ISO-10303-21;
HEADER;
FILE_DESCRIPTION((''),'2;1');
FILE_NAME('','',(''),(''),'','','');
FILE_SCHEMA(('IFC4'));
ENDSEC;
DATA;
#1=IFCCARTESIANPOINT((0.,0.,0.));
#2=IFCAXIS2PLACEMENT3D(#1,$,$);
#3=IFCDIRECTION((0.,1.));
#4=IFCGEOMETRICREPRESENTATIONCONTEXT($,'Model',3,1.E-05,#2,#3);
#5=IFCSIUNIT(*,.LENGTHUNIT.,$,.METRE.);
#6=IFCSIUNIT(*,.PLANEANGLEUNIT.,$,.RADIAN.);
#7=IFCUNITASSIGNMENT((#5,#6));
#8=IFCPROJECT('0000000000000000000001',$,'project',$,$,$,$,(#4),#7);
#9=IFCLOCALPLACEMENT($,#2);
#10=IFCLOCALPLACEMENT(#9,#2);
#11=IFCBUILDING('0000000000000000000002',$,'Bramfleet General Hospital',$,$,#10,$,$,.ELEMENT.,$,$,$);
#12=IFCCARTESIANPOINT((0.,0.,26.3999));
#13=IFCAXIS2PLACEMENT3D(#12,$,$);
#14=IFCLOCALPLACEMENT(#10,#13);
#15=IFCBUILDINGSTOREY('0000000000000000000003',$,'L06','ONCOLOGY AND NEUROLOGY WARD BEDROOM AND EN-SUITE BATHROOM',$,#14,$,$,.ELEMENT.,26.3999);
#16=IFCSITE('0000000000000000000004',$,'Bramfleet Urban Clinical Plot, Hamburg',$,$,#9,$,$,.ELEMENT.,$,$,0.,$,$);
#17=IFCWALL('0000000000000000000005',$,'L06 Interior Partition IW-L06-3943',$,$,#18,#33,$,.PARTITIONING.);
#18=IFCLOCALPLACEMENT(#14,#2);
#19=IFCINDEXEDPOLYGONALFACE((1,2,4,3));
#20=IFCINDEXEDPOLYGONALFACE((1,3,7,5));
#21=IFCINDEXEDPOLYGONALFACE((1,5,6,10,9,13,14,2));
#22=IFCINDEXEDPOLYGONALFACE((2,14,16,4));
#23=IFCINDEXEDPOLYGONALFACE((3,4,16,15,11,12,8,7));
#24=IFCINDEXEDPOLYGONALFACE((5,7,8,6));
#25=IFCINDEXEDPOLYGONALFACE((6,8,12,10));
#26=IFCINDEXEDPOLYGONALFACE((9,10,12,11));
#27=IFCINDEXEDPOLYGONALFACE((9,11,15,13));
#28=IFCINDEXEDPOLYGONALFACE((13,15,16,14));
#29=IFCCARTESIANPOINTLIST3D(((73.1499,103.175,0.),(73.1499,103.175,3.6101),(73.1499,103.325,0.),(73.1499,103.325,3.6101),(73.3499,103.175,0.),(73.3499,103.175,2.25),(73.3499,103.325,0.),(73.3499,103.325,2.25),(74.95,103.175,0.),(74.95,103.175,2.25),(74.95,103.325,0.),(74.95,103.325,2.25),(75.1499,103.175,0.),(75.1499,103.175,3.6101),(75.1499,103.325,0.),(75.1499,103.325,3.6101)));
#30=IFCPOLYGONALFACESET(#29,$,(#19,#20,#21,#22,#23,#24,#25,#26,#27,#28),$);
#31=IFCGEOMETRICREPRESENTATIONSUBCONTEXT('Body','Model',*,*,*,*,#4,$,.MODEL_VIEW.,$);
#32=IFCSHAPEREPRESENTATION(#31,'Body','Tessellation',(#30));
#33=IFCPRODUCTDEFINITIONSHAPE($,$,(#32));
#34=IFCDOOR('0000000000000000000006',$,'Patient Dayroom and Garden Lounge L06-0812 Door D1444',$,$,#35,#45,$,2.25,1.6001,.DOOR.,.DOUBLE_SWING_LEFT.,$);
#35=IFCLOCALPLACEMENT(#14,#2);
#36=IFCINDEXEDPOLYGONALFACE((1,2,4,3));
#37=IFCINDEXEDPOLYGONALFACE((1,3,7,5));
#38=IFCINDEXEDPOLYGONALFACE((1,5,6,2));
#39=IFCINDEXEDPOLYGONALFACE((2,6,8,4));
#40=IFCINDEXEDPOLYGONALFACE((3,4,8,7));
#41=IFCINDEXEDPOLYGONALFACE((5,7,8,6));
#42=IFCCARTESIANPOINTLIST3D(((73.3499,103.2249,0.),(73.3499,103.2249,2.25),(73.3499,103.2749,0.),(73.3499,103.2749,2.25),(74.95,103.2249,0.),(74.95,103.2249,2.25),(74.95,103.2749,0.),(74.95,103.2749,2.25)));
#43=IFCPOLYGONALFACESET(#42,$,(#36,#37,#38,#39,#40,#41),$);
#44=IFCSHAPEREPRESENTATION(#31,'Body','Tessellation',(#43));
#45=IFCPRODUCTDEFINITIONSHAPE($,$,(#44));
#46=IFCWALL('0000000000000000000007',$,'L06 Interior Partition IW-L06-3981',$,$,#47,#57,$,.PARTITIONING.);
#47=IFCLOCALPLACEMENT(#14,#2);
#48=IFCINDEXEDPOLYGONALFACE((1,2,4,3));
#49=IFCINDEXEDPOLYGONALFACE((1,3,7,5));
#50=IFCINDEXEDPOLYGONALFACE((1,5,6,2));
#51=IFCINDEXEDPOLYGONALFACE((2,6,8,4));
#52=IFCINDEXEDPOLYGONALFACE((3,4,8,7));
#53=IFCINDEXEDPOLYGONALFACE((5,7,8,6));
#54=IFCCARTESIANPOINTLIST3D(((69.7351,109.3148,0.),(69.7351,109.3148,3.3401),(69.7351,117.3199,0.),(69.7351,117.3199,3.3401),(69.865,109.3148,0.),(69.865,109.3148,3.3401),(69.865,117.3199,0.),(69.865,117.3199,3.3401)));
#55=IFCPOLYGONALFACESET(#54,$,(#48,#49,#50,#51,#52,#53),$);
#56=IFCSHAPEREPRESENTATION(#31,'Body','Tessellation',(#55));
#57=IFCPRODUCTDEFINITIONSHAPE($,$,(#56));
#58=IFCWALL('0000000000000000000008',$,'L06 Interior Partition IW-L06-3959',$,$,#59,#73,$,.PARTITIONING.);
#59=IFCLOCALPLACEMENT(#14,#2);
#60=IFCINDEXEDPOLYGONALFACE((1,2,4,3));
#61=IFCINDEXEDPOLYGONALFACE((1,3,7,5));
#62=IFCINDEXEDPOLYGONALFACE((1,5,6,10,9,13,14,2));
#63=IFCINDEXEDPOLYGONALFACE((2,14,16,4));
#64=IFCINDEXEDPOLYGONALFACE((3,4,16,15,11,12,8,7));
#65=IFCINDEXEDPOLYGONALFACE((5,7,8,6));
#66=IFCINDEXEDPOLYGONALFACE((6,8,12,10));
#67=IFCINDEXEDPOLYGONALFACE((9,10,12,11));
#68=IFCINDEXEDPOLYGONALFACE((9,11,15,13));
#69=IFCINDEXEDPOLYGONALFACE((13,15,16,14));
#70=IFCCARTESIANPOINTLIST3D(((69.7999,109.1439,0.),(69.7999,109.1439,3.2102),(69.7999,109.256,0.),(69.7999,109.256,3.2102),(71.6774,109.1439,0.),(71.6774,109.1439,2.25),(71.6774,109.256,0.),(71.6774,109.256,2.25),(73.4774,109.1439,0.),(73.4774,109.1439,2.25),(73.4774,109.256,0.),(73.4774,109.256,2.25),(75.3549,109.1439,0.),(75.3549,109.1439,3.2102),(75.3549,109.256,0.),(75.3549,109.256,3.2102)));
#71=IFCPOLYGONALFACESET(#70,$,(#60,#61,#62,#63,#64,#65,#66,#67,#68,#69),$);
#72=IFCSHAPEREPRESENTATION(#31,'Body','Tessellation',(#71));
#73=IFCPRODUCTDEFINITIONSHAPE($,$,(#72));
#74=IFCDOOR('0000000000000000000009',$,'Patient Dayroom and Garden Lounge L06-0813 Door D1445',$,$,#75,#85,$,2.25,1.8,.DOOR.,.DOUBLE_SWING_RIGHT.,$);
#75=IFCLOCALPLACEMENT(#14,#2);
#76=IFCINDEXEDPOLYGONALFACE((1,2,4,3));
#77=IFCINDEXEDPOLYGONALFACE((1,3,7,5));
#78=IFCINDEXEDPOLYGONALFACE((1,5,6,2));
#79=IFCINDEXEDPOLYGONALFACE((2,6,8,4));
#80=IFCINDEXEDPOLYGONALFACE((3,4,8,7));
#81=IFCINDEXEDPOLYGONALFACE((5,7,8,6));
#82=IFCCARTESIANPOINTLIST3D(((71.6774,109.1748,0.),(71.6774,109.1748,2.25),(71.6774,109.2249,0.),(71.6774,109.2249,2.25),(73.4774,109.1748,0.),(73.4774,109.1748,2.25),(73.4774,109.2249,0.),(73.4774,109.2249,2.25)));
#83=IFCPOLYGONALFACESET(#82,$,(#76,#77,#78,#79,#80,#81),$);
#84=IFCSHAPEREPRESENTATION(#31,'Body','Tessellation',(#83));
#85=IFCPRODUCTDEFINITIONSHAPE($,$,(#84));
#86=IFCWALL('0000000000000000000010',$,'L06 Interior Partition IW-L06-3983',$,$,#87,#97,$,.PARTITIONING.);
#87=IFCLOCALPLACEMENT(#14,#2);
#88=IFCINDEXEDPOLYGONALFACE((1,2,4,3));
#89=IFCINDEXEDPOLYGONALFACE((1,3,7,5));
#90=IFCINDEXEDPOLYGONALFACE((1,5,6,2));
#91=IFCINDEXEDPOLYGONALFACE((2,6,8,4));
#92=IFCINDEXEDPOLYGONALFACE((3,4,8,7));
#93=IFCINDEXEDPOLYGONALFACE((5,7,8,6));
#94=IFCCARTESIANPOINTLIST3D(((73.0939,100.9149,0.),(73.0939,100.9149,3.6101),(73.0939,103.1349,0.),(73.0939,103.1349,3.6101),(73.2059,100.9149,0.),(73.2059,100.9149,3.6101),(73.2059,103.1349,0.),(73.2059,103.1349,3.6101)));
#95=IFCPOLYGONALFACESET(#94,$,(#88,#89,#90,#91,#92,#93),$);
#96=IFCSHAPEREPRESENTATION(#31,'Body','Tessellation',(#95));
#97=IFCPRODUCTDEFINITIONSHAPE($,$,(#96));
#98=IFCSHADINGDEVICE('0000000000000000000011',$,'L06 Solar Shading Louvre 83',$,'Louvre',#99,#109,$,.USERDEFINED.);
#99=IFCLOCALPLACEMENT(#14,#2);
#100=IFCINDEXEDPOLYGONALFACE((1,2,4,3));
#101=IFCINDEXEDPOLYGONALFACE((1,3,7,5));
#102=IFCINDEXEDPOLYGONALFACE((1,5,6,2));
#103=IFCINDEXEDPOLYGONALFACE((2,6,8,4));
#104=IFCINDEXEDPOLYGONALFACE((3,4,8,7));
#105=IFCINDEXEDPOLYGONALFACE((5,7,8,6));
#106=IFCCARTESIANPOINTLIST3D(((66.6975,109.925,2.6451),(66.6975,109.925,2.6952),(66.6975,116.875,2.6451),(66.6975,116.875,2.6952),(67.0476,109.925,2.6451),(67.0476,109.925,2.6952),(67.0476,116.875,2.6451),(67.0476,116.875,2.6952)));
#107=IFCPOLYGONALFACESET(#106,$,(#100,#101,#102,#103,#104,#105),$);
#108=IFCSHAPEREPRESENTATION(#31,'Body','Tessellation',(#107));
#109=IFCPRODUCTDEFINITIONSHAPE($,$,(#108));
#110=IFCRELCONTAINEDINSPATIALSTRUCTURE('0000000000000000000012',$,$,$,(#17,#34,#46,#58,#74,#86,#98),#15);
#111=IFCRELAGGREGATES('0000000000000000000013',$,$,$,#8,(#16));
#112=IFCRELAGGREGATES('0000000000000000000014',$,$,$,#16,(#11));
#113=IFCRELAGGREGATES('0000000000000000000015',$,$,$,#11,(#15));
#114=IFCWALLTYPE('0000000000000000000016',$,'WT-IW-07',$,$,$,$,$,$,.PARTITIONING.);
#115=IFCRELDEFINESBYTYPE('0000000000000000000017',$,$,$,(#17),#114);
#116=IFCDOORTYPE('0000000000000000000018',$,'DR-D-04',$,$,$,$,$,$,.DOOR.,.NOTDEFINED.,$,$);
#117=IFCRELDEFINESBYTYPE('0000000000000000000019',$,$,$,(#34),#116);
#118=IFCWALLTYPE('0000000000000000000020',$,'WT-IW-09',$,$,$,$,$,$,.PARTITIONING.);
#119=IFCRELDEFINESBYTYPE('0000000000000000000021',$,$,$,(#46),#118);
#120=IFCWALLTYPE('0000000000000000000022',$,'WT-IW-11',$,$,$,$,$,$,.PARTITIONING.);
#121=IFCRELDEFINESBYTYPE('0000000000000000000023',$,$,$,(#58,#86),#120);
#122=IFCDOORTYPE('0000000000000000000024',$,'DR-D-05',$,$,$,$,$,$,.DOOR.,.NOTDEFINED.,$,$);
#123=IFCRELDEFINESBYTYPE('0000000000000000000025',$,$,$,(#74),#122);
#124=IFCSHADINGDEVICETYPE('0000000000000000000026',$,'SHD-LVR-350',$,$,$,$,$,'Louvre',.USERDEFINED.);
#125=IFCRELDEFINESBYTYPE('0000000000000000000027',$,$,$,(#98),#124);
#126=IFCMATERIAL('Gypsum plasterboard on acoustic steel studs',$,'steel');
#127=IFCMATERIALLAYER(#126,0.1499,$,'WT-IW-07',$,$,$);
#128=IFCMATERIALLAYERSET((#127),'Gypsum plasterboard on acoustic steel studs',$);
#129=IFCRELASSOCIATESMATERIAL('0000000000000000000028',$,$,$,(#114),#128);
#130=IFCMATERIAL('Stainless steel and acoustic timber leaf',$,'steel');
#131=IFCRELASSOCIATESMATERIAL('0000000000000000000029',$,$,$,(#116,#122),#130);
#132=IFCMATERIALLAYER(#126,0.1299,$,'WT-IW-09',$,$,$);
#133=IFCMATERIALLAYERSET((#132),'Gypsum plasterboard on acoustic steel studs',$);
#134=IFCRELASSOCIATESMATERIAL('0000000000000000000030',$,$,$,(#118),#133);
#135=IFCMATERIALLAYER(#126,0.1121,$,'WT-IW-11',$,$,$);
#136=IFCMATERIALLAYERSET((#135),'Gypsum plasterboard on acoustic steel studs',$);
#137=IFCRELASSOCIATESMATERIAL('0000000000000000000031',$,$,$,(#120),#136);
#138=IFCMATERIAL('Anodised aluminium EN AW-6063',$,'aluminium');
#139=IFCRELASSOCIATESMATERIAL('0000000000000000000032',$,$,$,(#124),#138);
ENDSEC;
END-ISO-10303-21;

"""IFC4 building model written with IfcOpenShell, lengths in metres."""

from ifc_helpers import new_model, si_unit, direction, frame, frame_2d, origin, origin_2d, place, context, subcontext, project, spatial, rectangle, extrude, material, layer, layer_set, material_profile, profile_set, type_object, element, fill, save


model = new_model("IFC4")

# Units and contexts
model_context = context("Model", 3, precision=1e-05, world=origin(), true_north=direction((0.0, 1.0)))
body_context = subcontext(model_context, "Body", "Model", "MODEL_VIEW")
ifc_project = project(units=[si_unit("LENGTHUNIT", "METRE"), si_unit("PLANEANGLEUNIT", "RADIAN")], contexts=[model_context])

# Site, building, storey
site_placement = place(None, origin())
site = spatial("IfcSite", under=ifc_project, at=site_placement, Name="Bramfleet Urban Clinical Plot, Hamburg", CompositionType="ELEMENT", RefElevation=0.0)
building_placement = place(site_placement, origin())
building = spatial("IfcBuilding", under=site, at=building_placement, Name="Bramfleet General Hospital", CompositionType="ELEMENT")
storey_placement = place(building_placement, frame((0.0, 0.0, 26.3999)))
storey = spatial("IfcBuildingStorey", under=building, at=storey_placement, Name="L06", Description="ONCOLOGY AND NEUROLOGY WARD BEDROOM AND EN-SUITE BATHROOM", CompositionType="ELEMENT", Elevation=26.3999)

# Wall, opening, door
ifc_material_1 = material(Name="Gypsum plasterboard on acoustic steel studs", Category="steel")
ifc_layer_1 = layer(ifc_material_1, 0.1499, Name="WT-IW-07")
ifc_layer_set_1 = layer_set([ifc_layer_1], Name="Gypsum plasterboard on acoustic steel studs")
wall_type_1 = type_object("IfcWallType", Name="WT-IW-07", PredefinedType="PARTITIONING", material=ifc_layer_set_1)
wall_1_placement = place(storey_placement, frame((73.1499, 103.25, 0.0), z_axis=(0.0, 0.0, 1.0), x_axis=(1.0, 0.0, 0.0)))
wall_1 = element("IfcWall", 1, at=wall_1_placement, inside=storey, type_object=wall_type_1, Name="L06 Interior Partition IW-L06-3943", PredefinedType="PARTITIONING", context=body_context, shape_type="SweptSolid", body=[
    extrude(rectangle(XDim=2.0, YDim=0.1499, at=frame_2d((1.0, 0.0))), origin(), (0.0, 0.0, 1.0), 3.6101),
])
opening_1_placement = place(wall_1_placement, frame((0.2, 0.0, 0.0)))
opening_1 = element("IfcOpeningElement", 2, at=opening_1_placement, cuts=wall_1, PredefinedType="OPENING", context=body_context, shape_type="SweptSolid", body=[
    extrude(rectangle(XDim=1.6001, YDim=2.25, at=frame_2d((0.8, 1.125))), frame((0.0, 0.085, 0.0), z_axis=(0.0, -1.0, 0.0), x_axis=(1.0, 0.0, 0.0)), (0.0, 0.0, 1.0), 0.1699),
])
ifc_material_2 = material(Name="Stainless steel and acoustic timber leaf", Category="steel")
door_type_1 = type_object("IfcDoorType", Name="DR-D-04", OperationType="NOTDEFINED", PredefinedType="DOOR", material=ifc_material_2)
door_1_placement = place(opening_1_placement, origin())
door_1 = element("IfcDoor", 3, at=door_1_placement, inside=storey, type_object=door_type_1, Name="Patient Dayroom and Garden Lounge L06-0812 Door D1444", OperationType="DOUBLE_SWING_LEFT", OverallHeight=2.25, OverallWidth=1.6001, PredefinedType="DOOR", context=body_context, shape_type="SweptSolid", body=[
    extrude(rectangle(XDim=1.6001, YDim=2.25, at=frame_2d((0.8, 1.125))), frame((0.0, 0.0249, 0.0), z_axis=(0.0, -1.0, 0.0), x_axis=(1.0, 0.0, 0.0)), (0.0, 0.0, 1.0), 0.05),
])
fill(opening_1, door_1)

# Wall
ifc_layer_2 = layer(ifc_material_1, 0.1299, Name="WT-IW-09")
ifc_layer_set_2 = layer_set([ifc_layer_2], Name="Gypsum plasterboard on acoustic steel studs")
wall_type_2 = type_object("IfcWallType", Name="WT-IW-09", PredefinedType="PARTITIONING", material=ifc_layer_set_2)
wall_2_placement = place(storey_placement, frame((69.8, 109.3149, 0.0), z_axis=(0.0, 0.0, 1.0), x_axis=(0.0, 1.0, 0.0)))
element("IfcWall", 4, at=wall_2_placement, inside=storey, type_object=wall_type_2, Name="L06 Interior Partition IW-L06-3981", PredefinedType="PARTITIONING", context=body_context, shape_type="SweptSolid", body=[
    extrude(rectangle(XDim=8.0051, YDim=0.1299, at=frame_2d((4.0024, 0.0))), origin(), (0.0, 0.0, 1.0), 3.3401),
])

# Wall, opening, door
ifc_layer_3 = layer(ifc_material_1, 0.1121, Name="WT-IW-11")
ifc_layer_set_3 = layer_set([ifc_layer_3], Name="Gypsum plasterboard on acoustic steel studs")
wall_type_3 = type_object("IfcWallType", Name="WT-IW-11", PredefinedType="PARTITIONING", material=ifc_layer_set_3)
wall_3_placement = place(storey_placement, frame((69.8, 109.2, 0.0), z_axis=(0.0, 0.0, 1.0), x_axis=(1.0, 0.0, 0.0)))
wall_3 = element("IfcWall", 5, at=wall_3_placement, inside=storey, type_object=wall_type_3, Name="L06 Interior Partition IW-L06-3959", PredefinedType="PARTITIONING", context=body_context, shape_type="SweptSolid", body=[
    extrude(rectangle(XDim=5.5549, YDim=0.1121, at=frame_2d((2.7773, 0.0))), origin(), (0.0, 0.0, 1.0), 3.2102),
])
opening_2_placement = place(wall_3_placement, frame((1.8774, 0.0, 0.0)))
opening_2 = element("IfcOpeningElement", 6, at=opening_2_placement, cuts=wall_3, PredefinedType="OPENING", context=body_context, shape_type="SweptSolid", body=[
    extrude(rectangle(XDim=1.8, YDim=2.25, at=frame_2d((0.8999, 1.125))), frame((0.0, 0.0659, 0.0), z_axis=(0.0, -1.0, 0.0), x_axis=(1.0, 0.0, 0.0)), (0.0, 0.0, 1.0), 0.1321),
])
door_type_2 = type_object("IfcDoorType", Name="DR-D-05", OperationType="NOTDEFINED", PredefinedType="DOOR", material=ifc_material_2)
door_2_placement = place(opening_2_placement, origin())
door_2 = element("IfcDoor", 7, at=door_2_placement, inside=storey, type_object=door_type_2, Name="Patient Dayroom and Garden Lounge L06-0813 Door D1445", OperationType="DOUBLE_SWING_RIGHT", OverallHeight=2.25, OverallWidth=1.8, PredefinedType="DOOR", context=body_context, shape_type="SweptSolid", body=[
    extrude(rectangle(XDim=1.8, YDim=2.25, at=frame_2d((0.8999, 1.125))), frame((0.0, 0.0249, 0.0), z_axis=(0.0, -1.0, 0.0), x_axis=(1.0, 0.0, 0.0)), (0.0, 0.0, 1.0), 0.05),
])
fill(opening_2, door_2)

# Wall
wall_4_placement = place(storey_placement, frame((73.1499, 100.915, 0.0), z_axis=(0.0, 0.0, 1.0), x_axis=(0.0, 1.0, 0.0)))
element("IfcWall", 8, at=wall_4_placement, inside=storey, type_object=wall_type_3, Name="L06 Interior Partition IW-L06-3983", PredefinedType="PARTITIONING", context=body_context, shape_type="SweptSolid", body=[
    extrude(rectangle(XDim=2.22, YDim=0.1121, at=frame_2d((1.1099, 0.0))), origin(), (0.0, 0.0, 1.0), 3.6101),
])

# Shading device
ifc_material_3 = material(Name="Anodised aluminium EN AW-6063", Category="aluminium")
ifc_material_profile_1 = material_profile(ifc_material_3, rectangle(XDim=0.05, YDim=0.3501, at=origin_2d()), Name="ALU LOUVRE 350x50")
ifc_profile_set_1 = profile_set([ifc_material_profile_1], Name="Anodised aluminium EN AW-6063")
shading_device_type = type_object("IfcShadingDeviceType", Name="SHD-LVR-350", ElementType="Louvre", PredefinedType="USERDEFINED", material=ifc_profile_set_1)
shading_device_placement = place(storey_placement, frame((66.8726, 109.925, 2.6702), z_axis=(0.0, 1.0, 0.0), x_axis=(0.0, 0.0, 1.0)))
element("IfcShadingDevice", 9, at=shading_device_placement, inside=storey, type_object=shading_device_type, Name="L06 Solar Shading Louvre 83", ObjectType="Louvre", PredefinedType="USERDEFINED", context=body_context, shape_type="SweptSolid", body=[
    extrude(rectangle(XDim=0.05, YDim=0.3501, at=origin_2d()), origin(), (0.0, 0.0, 1.0), 6.95),
])

save(model, "model.ifc")
